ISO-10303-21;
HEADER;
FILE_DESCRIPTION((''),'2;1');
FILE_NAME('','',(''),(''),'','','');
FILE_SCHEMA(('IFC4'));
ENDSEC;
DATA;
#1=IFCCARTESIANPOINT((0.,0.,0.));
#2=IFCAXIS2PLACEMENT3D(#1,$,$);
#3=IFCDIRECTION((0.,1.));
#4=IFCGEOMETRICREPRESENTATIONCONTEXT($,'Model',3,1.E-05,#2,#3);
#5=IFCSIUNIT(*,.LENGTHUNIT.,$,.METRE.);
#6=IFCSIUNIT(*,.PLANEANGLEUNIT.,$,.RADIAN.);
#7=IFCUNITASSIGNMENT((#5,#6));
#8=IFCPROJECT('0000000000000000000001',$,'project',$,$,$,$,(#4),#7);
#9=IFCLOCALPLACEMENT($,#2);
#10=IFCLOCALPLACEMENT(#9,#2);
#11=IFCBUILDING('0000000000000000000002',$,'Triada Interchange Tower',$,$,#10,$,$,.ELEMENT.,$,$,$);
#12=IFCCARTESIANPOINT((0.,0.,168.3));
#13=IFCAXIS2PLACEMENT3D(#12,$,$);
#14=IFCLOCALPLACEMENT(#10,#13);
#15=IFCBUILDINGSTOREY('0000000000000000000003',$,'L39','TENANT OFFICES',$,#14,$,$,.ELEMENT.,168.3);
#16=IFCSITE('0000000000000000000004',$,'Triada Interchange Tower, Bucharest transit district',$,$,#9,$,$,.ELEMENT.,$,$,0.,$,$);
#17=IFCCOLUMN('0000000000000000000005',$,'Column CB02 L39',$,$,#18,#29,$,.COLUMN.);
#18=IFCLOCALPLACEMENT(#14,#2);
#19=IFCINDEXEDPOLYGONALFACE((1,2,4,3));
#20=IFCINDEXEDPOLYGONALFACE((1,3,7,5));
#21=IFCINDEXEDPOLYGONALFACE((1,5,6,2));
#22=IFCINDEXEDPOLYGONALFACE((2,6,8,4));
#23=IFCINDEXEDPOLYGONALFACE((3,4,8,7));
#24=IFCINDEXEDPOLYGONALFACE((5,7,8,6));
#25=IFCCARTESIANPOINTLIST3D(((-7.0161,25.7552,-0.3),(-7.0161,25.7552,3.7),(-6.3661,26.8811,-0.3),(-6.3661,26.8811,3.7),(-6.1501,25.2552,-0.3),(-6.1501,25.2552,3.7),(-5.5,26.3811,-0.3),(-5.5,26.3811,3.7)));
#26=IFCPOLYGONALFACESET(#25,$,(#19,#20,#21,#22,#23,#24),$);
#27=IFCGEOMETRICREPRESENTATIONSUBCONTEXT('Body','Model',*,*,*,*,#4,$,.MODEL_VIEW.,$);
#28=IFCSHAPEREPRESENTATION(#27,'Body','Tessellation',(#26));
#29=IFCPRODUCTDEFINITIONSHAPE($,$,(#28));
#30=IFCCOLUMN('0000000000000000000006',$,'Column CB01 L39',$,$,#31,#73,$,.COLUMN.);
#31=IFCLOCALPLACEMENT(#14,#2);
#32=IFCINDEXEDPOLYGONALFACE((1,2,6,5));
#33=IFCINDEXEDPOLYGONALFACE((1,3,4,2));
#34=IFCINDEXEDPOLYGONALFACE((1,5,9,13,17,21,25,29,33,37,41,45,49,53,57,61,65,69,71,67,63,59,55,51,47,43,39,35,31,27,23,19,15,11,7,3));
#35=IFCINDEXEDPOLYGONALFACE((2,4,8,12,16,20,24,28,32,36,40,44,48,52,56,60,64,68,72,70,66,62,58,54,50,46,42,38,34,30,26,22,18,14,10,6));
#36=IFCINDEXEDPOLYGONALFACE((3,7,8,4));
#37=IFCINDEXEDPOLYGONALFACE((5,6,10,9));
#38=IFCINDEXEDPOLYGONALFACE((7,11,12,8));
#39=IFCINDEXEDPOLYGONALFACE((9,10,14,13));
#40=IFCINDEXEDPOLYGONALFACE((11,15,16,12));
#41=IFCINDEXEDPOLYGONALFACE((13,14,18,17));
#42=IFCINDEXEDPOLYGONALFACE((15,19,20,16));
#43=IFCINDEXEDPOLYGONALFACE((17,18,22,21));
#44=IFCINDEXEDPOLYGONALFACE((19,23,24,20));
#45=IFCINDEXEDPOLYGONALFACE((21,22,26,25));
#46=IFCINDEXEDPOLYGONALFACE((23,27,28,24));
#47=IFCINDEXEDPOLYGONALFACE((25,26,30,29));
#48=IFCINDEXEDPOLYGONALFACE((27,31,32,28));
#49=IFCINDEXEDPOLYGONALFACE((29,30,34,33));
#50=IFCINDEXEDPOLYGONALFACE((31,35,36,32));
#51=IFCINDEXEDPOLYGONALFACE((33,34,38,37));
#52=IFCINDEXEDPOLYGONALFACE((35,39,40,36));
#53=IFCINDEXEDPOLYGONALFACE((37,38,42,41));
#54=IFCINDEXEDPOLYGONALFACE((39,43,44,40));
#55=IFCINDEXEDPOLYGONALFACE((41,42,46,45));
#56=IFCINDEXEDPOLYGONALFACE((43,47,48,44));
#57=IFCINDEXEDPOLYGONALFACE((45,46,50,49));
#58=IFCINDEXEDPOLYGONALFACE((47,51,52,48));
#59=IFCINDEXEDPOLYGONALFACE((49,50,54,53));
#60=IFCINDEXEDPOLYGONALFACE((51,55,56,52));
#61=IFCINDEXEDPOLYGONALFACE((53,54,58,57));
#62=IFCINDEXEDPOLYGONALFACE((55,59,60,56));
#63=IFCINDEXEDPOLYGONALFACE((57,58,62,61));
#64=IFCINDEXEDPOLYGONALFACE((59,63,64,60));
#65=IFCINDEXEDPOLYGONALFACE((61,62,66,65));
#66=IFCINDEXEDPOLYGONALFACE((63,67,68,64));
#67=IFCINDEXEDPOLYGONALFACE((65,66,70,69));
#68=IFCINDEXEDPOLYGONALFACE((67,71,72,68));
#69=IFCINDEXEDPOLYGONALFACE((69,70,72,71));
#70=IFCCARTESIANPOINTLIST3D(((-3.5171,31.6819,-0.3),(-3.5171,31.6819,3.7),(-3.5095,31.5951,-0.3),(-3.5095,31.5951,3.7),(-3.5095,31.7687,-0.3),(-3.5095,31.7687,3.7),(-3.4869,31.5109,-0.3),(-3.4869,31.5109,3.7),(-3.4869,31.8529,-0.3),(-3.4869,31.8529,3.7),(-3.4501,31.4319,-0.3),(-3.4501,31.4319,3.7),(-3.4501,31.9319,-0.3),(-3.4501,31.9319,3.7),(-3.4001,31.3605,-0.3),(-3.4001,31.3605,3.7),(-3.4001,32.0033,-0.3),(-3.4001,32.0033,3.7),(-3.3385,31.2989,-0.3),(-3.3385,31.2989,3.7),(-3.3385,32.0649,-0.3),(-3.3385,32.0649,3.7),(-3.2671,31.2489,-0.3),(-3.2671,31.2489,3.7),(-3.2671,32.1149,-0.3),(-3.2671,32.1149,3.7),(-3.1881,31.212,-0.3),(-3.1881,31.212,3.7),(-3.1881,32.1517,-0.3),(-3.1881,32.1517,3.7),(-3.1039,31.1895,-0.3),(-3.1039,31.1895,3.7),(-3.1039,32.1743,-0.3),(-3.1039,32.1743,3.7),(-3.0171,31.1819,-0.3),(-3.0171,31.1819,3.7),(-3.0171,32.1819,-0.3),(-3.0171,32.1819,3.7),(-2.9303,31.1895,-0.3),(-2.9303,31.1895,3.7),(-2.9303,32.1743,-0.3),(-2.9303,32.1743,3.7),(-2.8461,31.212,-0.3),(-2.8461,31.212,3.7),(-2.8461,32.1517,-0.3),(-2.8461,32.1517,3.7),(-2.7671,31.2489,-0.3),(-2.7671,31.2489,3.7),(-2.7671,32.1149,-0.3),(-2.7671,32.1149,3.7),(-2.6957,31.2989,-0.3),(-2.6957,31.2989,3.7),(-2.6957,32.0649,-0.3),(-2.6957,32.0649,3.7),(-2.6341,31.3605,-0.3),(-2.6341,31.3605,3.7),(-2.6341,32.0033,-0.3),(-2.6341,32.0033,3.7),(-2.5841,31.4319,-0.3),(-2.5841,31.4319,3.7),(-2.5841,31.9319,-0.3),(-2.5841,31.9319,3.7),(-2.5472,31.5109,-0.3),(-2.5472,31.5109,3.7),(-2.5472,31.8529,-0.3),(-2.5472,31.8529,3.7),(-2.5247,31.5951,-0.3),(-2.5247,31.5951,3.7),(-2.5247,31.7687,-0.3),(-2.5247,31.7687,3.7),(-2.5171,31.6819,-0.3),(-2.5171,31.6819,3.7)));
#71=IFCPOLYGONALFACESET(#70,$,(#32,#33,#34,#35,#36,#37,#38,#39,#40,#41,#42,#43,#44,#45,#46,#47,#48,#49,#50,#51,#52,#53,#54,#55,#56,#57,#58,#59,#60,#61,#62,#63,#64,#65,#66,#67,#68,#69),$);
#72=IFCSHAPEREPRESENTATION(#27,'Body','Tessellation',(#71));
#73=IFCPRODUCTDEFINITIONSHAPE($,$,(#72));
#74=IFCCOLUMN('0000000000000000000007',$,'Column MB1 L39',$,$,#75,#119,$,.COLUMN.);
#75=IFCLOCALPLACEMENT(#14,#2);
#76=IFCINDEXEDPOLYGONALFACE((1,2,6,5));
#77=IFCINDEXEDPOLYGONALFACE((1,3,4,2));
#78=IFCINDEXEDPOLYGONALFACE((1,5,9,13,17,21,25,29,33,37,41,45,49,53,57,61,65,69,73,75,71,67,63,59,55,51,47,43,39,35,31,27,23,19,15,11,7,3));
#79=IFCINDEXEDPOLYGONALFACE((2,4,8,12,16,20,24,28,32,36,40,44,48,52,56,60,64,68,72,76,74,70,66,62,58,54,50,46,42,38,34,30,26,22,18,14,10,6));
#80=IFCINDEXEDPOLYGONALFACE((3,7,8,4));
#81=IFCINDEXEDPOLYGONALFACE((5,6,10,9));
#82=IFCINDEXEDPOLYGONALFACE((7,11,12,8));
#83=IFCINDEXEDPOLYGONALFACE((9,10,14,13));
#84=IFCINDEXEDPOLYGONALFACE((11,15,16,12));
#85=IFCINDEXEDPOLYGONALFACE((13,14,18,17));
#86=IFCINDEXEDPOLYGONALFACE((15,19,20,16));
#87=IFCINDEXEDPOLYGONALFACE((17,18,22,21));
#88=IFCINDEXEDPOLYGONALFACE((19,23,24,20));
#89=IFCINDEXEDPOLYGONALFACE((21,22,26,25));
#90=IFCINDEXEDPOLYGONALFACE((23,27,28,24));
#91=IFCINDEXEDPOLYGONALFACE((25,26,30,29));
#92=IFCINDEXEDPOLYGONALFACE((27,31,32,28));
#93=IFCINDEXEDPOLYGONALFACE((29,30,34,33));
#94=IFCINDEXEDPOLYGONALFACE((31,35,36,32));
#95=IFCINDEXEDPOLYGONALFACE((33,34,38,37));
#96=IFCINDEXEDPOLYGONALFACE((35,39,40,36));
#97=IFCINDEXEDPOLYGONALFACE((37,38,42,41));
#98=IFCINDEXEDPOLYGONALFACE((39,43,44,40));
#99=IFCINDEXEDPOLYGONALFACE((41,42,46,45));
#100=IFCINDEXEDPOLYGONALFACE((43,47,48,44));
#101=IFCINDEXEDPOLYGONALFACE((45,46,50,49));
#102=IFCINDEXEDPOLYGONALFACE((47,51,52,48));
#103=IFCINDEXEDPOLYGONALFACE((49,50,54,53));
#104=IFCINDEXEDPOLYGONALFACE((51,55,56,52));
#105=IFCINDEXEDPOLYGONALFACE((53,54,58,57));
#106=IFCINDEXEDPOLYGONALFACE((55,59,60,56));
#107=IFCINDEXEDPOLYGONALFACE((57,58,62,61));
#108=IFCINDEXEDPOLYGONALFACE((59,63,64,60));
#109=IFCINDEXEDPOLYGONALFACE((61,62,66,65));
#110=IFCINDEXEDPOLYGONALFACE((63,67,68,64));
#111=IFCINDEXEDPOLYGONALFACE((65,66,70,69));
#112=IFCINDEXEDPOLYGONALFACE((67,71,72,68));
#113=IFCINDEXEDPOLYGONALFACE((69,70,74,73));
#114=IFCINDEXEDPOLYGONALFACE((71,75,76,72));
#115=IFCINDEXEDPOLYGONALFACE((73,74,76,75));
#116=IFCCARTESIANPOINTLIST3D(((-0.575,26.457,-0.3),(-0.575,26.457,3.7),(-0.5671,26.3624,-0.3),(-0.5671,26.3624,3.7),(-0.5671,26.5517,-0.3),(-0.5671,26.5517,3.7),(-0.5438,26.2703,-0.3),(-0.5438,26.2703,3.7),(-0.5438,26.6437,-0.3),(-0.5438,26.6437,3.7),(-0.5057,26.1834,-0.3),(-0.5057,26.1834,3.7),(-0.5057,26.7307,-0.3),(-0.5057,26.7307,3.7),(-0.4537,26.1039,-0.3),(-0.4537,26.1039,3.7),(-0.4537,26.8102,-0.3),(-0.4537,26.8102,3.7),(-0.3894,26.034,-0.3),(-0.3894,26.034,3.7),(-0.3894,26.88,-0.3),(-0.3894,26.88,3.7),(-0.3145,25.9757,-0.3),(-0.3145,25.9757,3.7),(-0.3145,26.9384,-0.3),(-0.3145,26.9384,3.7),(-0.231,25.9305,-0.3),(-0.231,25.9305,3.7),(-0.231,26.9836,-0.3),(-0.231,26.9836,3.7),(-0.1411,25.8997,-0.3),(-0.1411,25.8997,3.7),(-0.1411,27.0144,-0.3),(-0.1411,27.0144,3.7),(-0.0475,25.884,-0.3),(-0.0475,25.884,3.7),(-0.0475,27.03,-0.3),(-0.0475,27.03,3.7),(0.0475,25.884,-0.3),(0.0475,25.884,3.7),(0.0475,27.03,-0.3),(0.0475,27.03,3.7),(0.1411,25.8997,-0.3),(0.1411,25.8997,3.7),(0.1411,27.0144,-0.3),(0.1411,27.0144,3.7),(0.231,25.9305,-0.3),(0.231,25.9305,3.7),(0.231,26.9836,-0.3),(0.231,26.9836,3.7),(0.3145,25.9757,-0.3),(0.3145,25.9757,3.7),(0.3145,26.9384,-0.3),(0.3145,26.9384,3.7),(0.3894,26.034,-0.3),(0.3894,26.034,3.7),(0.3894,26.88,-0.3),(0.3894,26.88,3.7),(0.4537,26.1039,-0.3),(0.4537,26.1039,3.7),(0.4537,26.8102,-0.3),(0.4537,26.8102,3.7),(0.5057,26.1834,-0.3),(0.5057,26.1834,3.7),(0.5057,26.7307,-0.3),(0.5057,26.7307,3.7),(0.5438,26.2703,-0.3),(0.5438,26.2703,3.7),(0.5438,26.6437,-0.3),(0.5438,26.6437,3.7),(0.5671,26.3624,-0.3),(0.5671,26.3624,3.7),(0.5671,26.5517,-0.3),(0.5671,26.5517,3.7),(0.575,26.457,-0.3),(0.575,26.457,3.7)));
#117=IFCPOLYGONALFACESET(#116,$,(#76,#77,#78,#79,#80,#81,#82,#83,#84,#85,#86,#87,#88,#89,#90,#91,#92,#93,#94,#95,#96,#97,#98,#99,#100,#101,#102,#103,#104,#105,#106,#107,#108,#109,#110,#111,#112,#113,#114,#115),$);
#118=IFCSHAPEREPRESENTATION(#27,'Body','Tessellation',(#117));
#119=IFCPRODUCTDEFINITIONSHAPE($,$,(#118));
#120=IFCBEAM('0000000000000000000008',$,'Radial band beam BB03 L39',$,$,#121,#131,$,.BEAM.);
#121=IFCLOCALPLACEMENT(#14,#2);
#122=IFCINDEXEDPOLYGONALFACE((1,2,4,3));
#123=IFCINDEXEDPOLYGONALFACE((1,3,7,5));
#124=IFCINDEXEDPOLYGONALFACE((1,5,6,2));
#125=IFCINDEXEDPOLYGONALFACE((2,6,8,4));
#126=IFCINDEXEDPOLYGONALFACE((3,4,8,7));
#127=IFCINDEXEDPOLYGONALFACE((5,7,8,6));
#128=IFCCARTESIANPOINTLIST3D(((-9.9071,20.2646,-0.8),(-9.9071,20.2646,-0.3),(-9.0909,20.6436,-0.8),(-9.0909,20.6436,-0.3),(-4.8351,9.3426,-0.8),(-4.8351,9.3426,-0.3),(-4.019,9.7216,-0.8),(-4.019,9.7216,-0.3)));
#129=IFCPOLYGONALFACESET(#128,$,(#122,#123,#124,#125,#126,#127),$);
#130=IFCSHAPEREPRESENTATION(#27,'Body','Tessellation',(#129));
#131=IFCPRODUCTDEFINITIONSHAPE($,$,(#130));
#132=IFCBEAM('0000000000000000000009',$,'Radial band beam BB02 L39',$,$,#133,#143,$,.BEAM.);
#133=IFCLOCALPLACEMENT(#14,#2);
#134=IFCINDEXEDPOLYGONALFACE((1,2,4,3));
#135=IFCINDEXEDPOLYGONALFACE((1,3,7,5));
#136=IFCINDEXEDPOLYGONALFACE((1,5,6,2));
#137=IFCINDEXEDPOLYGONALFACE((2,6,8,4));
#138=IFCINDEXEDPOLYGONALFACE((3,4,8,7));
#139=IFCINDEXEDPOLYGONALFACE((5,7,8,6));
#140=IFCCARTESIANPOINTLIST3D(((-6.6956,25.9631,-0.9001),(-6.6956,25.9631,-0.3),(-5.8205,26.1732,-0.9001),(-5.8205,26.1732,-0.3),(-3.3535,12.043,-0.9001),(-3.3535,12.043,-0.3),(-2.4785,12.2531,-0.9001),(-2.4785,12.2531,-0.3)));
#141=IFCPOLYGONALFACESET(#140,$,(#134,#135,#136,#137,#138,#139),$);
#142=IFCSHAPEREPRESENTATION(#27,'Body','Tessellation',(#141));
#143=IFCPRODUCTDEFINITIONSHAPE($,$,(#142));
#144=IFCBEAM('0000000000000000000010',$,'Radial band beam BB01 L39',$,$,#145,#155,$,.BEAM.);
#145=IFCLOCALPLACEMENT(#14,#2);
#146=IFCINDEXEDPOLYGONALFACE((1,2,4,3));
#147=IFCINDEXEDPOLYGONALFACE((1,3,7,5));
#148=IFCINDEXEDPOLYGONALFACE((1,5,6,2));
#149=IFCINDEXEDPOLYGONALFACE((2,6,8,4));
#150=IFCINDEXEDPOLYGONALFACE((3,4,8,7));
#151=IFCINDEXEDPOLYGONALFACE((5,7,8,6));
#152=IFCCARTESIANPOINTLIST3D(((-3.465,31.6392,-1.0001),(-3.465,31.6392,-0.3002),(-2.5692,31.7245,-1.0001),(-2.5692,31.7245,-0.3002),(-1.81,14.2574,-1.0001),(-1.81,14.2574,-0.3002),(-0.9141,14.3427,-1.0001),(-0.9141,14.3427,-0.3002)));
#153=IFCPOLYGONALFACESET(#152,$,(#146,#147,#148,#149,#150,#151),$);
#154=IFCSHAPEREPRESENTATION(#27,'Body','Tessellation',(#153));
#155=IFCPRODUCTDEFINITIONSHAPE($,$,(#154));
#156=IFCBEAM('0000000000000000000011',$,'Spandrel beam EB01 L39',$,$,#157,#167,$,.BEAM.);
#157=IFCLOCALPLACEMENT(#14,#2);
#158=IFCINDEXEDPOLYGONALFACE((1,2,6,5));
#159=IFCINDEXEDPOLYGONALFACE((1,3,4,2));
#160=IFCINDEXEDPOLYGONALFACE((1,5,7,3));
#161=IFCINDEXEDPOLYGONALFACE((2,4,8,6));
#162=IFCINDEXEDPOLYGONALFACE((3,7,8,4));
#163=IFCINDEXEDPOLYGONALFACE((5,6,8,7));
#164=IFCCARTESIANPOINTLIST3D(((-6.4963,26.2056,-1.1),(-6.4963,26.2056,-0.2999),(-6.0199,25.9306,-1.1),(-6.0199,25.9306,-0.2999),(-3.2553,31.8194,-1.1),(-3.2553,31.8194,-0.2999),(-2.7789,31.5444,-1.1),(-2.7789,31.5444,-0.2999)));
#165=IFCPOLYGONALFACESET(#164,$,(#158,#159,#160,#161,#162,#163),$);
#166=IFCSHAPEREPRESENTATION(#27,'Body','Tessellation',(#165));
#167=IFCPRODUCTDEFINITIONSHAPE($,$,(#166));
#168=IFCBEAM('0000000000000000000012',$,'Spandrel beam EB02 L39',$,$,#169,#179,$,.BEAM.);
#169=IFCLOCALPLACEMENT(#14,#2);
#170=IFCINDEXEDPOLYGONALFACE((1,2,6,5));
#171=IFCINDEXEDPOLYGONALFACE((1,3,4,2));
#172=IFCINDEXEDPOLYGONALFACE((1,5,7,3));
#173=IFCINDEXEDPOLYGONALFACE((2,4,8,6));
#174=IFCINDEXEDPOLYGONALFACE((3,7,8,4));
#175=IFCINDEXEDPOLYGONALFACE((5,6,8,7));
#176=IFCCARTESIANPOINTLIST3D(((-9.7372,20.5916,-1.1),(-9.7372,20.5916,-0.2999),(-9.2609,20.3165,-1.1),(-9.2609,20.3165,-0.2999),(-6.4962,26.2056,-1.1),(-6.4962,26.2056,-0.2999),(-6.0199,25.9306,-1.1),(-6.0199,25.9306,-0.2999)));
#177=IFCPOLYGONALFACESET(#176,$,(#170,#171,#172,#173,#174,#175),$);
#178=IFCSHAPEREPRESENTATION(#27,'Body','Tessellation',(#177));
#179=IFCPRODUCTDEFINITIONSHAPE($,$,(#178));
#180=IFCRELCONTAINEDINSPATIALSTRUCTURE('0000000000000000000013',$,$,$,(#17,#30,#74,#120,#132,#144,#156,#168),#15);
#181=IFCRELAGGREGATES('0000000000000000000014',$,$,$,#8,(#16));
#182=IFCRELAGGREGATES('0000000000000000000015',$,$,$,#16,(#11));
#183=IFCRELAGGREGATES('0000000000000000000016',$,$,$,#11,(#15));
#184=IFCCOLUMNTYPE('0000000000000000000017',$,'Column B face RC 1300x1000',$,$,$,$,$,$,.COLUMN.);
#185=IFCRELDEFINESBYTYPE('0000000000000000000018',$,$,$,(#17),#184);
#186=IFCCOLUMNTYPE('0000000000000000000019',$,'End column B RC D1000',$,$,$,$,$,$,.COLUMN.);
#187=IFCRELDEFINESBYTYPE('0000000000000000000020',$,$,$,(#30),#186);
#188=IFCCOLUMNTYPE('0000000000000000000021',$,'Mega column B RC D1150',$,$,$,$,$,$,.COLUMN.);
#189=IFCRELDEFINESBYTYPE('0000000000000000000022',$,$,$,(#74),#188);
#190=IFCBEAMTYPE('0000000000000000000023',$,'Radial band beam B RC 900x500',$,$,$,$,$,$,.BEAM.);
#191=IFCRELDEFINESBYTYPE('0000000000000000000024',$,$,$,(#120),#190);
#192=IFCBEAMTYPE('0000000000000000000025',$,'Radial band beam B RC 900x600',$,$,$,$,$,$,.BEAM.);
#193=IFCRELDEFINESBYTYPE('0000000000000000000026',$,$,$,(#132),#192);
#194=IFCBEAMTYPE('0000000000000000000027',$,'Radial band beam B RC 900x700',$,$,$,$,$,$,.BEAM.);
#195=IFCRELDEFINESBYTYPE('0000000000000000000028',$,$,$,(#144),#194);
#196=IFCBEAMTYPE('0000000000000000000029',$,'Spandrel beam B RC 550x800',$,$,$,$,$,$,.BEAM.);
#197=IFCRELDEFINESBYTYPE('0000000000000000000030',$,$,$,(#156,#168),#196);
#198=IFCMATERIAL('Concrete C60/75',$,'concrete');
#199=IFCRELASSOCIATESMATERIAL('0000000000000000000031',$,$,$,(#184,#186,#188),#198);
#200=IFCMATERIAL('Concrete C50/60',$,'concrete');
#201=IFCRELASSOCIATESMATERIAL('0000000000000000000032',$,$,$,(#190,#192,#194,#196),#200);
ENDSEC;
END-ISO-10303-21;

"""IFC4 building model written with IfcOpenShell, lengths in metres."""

from ifc_helpers import new_model, si_unit, direction, frame, origin, origin_2d, place, context, subcontext, project, spatial, rectangle, circle, extrude, material, material_profile, profile_set, type_object, element, save


model = new_model("IFC4")

# Units and contexts
model_context = context("Model", 3, precision=1e-05, world=origin(), true_north=direction((0.0, 1.0)))
body_context = subcontext(model_context, "Body", "Model", "MODEL_VIEW")
ifc_project = project(units=[si_unit("LENGTHUNIT", "METRE"), si_unit("PLANEANGLEUNIT", "RADIAN")], contexts=[model_context])

# Site, building, storey
site_placement = place(None, origin())
site = spatial("IfcSite", under=ifc_project, at=site_placement, Name="Triada Interchange Tower, Bucharest transit district", CompositionType="ELEMENT", RefElevation=0.0)
building_placement = place(site_placement, origin())
building = spatial("IfcBuilding", under=site, at=building_placement, Name="Triada Interchange Tower", CompositionType="ELEMENT")
storey_placement = place(building_placement, frame((0.0, 0.0, 168.3)))
storey = spatial("IfcBuildingStorey", under=building, at=storey_placement, Name="L39", Description="TENANT OFFICES", CompositionType="ELEMENT", Elevation=168.3)

# Columns
ifc_material_1 = material(Name="Concrete C60/75", Category="concrete")
ifc_material_profile_1 = material_profile(ifc_material_1, rectangle(XDim=1.3, YDim=1.0, at=origin_2d()), Name="RC 1300x1000")
ifc_profile_set_1 = profile_set([ifc_material_profile_1], Name="Concrete C60/75")
column_type_1 = type_object("IfcColumnType", Name="Column B face RC 1300x1000", PredefinedType="COLUMN", material=ifc_profile_set_1)
column_1_placement = place(storey_placement, frame((-6.2581, 26.0681, -0.3), z_axis=(0.0, 0.0, 1.0), x_axis=(0.5, 0.866025, 0.0)))
element("IfcColumn", 1, at=column_1_placement, inside=storey, type_object=column_type_1, Name="Column CB02 L39", PredefinedType="COLUMN", context=body_context, shape_type="SweptSolid", body=[
    extrude(rectangle(XDim=1.3, YDim=1.0, at=origin_2d()), origin(), (0.0, 0.0, 1.0), 4.0),
])
ifc_material_profile_2 = material_profile(ifc_material_1, circle(Radius=0.5, at=origin_2d()), Name="RC D1000")
ifc_profile_set_2 = profile_set([ifc_material_profile_2], Name="Concrete C60/75")
column_type_2 = type_object("IfcColumnType", Name="End column B RC D1000", PredefinedType="COLUMN", material=ifc_profile_set_2)
column_2_placement = place(storey_placement, frame((-3.0171, 31.6819, -0.3), z_axis=(0.0, 0.0, 1.0), x_axis=(0.5, 0.866025, 0.0)))
element("IfcColumn", 2, at=column_2_placement, inside=storey, type_object=column_type_2, Name="Column CB01 L39", PredefinedType="COLUMN", context=body_context, shape_type="SweptSolid", body=[
    extrude(circle(Radius=0.5, at=origin_2d()), origin(), (0.0, 0.0, 1.0), 4.0),
])
ifc_material_profile_3 = material_profile(ifc_material_1, circle(Radius=0.575, at=origin_2d()), Name="RC D1150")
ifc_profile_set_3 = profile_set([ifc_material_profile_3], Name="Concrete C60/75")
column_type_3 = type_object("IfcColumnType", Name="Mega column B RC D1150", PredefinedType="COLUMN", material=ifc_profile_set_3)
column_3_placement = place(storey_placement, frame((0.0, 26.457, -0.3), z_axis=(0.0, 0.0, 1.0), x_axis=(1.0, 0.0, 0.0)))
element("IfcColumn", 3, at=column_3_placement, inside=storey, type_object=column_type_3, Name="Column MB1 L39", PredefinedType="COLUMN", context=body_context, shape_type="SweptSolid", body=[
    extrude(circle(Radius=0.575, at=origin_2d()), origin(), (0.0, 0.0, 1.0), 4.0),
])

# Beams
ifc_material_2 = material(Name="Concrete C50/60", Category="concrete")
ifc_material_profile_4 = material_profile(ifc_material_2, rectangle(XDim=0.8999, YDim=0.5, at=origin_2d()), Name="RC 900x500")
ifc_profile_set_4 = profile_set([ifc_material_profile_4], Name="Concrete C50/60")
beam_type_1 = type_object("IfcBeamType", Name="Radial band beam B RC 900x500", PredefinedType="BEAM", material=ifc_profile_set_4)
beam_1_placement = place(storey_placement, frame((-9.499, 20.4541, -0.55), z_axis=(0.421182, -0.906976, 0.0), x_axis=(0.906976, 0.421182, 0.0)))
element("IfcBeam", 4, at=beam_1_placement, inside=storey, type_object=beam_type_1, Name="Radial band beam BB03 L39", PredefinedType="BEAM", context=body_context, shape_type="SweptSolid", body=[
    extrude(rectangle(XDim=0.8999, YDim=0.5, at=origin_2d()), origin(), (0.0, 0.0, 1.0), 12.0422),
])
ifc_material_profile_5 = material_profile(ifc_material_2, rectangle(XDim=0.8999, YDim=0.6001, at=origin_2d()), Name="RC 900x600")
ifc_profile_set_5 = profile_set([ifc_material_profile_5], Name="Concrete C50/60")
beam_type_2 = type_object("IfcBeamType", Name="Radial band beam B RC 900x600", PredefinedType="BEAM", material=ifc_profile_set_5)
beam_2_placement = place(storey_placement, frame((-6.2581, 26.0681, -0.6001), z_axis=(0.233452, -0.972368, 0.0), x_axis=(0.972368, 0.233452, 0.0)))
element("IfcBeam", 5, at=beam_2_placement, inside=storey, type_object=beam_type_2, Name="Radial band beam BB02 L39", PredefinedType="BEAM", context=body_context, shape_type="SweptSolid", body=[
    extrude(rectangle(XDim=0.8999, YDim=0.6001, at=origin_2d()), origin(), (0.0, 0.0, 1.0), 14.3157),
])
ifc_material_profile_6 = material_profile(ifc_material_2, rectangle(XDim=0.8999, YDim=0.7, at=origin_2d()), Name="RC 900x700")
ifc_profile_set_6 = profile_set([ifc_material_profile_6], Name="Concrete C50/60")
beam_type_3 = type_object("IfcBeamType", Name="Radial band beam B RC 900x700", PredefinedType="BEAM", material=ifc_profile_set_6)
beam_3_placement = place(storey_placement, frame((-3.0171, 31.6819, -0.6501), z_axis=(0.094787, -0.995498, 0.0), x_axis=(0.995498, 0.094787, 0.0)))
element("IfcBeam", 6, at=beam_3_placement, inside=storey, type_object=beam_type_3, Name="Radial band beam BB01 L39", PredefinedType="BEAM", context=body_context, shape_type="SweptSolid", body=[
    extrude(rectangle(XDim=0.8999, YDim=0.7, at=origin_2d()), origin(), (0.0, 0.0, 1.0), 17.4604),
])
ifc_material_profile_7 = material_profile(ifc_material_2, rectangle(XDim=0.55, YDim=0.8, at=origin_2d()), Name="RC 550x800")
ifc_profile_set_7 = profile_set([ifc_material_profile_7], Name="Concrete C50/60")
beam_type_4 = type_object("IfcBeamType", Name="Spandrel beam B RC 550x800", PredefinedType="BEAM", material=ifc_profile_set_7)
beam_4_placement = place(storey_placement, frame((-3.0171, 31.6819, -0.7), z_axis=(-0.499983, -0.866035, 0.0), x_axis=(0.866035, -0.499983, 0.0)))
element("IfcBeam", 7, at=beam_4_placement, inside=storey, type_object=beam_type_4, Name="Spandrel beam EB01 L39", PredefinedType="BEAM", context=body_context, shape_type="SweptSolid", body=[
    extrude(rectangle(XDim=0.55, YDim=0.8, at=origin_2d()), origin(), (0.0, 0.0, 1.0), 6.4822),
])
beam_5_placement = place(storey_placement, frame((-6.2581, 26.0681, -0.7), z_axis=(-0.499967, -0.866044, 0.0), x_axis=(0.866044, -0.499967, 0.0)))
element("IfcBeam", 8, at=beam_5_placement, inside=storey, type_object=beam_type_4, Name="Spandrel beam EB02 L39", PredefinedType="BEAM", context=body_context, shape_type="SweptSolid", body=[
    extrude(rectangle(XDim=0.55, YDim=0.8, at=origin_2d()), origin(), (0.0, 0.0, 1.0), 6.4824),
])

save(model, "model.ifc")
